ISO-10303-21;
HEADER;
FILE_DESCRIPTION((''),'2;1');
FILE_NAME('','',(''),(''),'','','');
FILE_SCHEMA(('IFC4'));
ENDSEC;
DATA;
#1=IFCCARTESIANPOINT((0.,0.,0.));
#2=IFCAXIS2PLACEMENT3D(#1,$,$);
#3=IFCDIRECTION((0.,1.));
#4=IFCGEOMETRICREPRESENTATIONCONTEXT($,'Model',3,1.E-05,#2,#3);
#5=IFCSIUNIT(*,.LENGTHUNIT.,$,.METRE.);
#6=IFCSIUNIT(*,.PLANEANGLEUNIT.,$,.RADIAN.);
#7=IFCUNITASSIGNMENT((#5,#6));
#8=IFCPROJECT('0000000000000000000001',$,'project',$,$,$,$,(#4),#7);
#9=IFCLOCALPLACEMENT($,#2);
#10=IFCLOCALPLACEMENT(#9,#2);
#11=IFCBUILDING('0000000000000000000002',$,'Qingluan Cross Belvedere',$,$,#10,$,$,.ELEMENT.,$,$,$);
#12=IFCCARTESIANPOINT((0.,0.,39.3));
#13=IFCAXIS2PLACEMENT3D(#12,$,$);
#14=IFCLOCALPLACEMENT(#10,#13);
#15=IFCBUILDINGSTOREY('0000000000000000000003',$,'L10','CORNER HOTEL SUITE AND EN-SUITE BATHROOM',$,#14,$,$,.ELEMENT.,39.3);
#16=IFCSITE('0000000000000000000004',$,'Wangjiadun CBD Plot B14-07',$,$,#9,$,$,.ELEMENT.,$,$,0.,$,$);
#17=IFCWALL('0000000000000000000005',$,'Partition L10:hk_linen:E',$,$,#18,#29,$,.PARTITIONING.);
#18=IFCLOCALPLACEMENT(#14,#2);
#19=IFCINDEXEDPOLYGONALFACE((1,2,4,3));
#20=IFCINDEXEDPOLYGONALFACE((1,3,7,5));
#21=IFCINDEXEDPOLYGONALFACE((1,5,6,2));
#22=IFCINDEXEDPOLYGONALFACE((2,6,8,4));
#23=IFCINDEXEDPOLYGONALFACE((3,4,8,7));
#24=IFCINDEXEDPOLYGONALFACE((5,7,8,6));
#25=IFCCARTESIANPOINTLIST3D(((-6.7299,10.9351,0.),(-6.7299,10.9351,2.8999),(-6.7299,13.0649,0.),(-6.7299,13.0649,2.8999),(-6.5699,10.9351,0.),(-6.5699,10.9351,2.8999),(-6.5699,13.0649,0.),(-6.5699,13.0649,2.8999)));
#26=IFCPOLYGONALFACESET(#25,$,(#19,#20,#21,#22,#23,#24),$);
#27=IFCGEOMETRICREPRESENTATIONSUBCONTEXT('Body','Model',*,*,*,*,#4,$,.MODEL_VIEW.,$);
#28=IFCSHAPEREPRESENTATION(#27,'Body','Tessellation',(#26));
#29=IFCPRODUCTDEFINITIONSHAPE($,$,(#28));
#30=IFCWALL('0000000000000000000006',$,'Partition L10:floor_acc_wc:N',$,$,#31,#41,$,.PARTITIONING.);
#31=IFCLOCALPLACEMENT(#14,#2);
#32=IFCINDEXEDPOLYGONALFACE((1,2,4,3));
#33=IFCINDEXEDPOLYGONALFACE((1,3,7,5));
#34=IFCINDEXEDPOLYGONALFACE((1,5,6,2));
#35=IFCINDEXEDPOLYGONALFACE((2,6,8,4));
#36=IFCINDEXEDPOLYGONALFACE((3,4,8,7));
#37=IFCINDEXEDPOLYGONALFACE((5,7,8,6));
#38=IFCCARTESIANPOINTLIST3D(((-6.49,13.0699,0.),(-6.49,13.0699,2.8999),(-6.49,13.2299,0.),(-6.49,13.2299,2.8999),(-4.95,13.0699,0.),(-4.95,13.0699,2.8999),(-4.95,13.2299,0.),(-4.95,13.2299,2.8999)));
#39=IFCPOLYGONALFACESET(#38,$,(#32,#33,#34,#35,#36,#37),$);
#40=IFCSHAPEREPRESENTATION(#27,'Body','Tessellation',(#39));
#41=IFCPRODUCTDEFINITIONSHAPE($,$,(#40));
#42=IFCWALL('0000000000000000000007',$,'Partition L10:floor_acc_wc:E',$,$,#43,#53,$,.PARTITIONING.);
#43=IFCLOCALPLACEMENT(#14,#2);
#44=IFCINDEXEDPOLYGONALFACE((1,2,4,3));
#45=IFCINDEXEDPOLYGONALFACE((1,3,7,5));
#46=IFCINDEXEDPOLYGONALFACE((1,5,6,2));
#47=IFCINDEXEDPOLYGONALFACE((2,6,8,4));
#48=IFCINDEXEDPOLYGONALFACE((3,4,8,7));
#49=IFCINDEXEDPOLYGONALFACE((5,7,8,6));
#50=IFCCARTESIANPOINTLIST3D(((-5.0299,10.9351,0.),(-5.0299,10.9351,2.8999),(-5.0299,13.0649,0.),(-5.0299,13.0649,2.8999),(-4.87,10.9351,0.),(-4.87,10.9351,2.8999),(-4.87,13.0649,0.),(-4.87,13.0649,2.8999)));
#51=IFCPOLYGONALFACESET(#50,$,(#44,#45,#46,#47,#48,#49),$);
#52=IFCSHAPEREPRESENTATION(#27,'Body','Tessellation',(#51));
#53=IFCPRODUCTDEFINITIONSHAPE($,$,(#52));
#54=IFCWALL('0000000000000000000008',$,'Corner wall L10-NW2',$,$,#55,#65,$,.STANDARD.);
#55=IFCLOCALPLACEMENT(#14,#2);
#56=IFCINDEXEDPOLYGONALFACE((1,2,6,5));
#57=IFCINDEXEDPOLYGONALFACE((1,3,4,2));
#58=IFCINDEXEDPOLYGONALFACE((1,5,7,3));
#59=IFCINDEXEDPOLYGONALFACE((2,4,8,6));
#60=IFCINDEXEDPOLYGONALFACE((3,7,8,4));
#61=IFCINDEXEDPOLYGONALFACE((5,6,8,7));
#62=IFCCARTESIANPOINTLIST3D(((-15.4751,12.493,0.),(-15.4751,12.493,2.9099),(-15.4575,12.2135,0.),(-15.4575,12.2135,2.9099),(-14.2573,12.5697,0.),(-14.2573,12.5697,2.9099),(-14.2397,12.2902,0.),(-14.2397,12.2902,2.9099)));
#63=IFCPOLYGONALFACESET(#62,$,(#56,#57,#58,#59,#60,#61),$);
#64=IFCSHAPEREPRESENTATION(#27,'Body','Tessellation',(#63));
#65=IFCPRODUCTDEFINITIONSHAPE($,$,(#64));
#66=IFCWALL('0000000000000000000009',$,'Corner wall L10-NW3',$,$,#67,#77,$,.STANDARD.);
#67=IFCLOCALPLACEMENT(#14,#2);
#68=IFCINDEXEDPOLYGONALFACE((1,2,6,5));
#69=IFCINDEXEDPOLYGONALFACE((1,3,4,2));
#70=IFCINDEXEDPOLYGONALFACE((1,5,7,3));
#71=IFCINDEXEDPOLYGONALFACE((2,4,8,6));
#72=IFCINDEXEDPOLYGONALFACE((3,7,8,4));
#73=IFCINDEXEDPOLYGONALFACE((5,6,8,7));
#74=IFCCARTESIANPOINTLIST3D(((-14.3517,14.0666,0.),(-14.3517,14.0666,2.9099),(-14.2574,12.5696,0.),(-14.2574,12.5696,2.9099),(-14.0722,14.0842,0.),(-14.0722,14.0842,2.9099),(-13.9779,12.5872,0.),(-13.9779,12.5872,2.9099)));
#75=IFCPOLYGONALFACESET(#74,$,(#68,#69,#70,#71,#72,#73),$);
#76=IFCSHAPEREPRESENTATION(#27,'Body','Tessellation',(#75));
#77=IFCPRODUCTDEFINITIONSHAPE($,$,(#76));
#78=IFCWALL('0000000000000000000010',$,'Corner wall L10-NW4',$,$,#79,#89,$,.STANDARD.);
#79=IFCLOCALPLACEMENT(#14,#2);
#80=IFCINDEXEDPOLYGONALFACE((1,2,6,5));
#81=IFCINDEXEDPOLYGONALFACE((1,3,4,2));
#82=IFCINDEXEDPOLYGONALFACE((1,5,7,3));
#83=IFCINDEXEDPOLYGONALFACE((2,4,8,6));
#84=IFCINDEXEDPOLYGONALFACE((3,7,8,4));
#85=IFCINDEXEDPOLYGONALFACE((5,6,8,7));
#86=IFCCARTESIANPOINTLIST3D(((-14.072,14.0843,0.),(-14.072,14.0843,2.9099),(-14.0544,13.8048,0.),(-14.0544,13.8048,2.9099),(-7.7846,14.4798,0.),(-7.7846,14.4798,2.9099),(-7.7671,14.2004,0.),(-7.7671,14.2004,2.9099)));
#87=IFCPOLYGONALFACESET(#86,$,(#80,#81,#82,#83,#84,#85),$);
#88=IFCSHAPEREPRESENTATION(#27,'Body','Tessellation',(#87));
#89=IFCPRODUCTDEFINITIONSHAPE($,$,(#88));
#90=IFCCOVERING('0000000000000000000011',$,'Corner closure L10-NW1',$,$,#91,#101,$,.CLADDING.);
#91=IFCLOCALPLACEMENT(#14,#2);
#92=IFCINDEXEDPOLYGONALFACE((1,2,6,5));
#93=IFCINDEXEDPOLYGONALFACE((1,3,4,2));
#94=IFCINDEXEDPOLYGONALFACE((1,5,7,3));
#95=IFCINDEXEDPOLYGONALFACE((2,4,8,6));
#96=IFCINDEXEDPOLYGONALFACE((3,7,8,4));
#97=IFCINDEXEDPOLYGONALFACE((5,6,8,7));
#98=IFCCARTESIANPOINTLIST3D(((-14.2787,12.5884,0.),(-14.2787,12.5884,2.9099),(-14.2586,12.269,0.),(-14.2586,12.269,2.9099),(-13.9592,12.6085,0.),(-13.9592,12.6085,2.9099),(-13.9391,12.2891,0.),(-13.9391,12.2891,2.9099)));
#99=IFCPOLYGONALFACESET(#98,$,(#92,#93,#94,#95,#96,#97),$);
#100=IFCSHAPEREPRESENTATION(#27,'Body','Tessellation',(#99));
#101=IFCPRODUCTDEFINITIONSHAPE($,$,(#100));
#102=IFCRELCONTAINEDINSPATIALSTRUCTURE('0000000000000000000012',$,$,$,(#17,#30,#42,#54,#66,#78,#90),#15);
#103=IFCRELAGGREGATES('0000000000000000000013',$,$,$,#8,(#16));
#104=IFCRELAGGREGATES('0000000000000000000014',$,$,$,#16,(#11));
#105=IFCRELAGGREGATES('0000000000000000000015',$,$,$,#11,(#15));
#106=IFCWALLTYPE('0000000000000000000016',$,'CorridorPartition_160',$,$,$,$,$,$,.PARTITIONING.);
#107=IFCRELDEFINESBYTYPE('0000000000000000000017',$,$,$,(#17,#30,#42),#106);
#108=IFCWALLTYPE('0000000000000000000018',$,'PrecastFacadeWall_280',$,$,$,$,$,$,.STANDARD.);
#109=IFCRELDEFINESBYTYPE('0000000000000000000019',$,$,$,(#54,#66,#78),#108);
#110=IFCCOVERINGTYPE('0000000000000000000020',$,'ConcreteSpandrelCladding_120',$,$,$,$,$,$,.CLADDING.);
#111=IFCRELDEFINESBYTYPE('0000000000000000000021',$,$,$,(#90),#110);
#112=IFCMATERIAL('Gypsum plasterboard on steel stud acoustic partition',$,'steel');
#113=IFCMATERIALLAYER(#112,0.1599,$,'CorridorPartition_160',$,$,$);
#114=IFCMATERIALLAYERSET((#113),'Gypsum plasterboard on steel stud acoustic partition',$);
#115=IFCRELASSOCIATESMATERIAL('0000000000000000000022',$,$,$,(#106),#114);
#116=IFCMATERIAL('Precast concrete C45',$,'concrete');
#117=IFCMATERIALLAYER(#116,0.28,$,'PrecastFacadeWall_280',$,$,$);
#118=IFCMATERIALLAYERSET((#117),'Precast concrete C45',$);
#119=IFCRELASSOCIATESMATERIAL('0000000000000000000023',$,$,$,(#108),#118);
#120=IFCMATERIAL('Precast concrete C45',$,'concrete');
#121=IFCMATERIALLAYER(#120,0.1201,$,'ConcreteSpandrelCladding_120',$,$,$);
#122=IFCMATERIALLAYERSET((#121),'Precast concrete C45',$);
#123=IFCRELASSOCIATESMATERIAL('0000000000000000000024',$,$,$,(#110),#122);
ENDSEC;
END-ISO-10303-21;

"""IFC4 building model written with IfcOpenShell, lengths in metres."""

from ifc_helpers import new_model, si_unit, direction, frame, frame_2d, origin, origin_2d, place, context, subcontext, project, spatial, rectangle, extrude, material, layer, layer_set, type_object, element, save


model = new_model("IFC4")

# Units and contexts
model_context = context("Model", 3, precision=1e-05, world=origin(), true_north=direction((0.0, 1.0)))
body_context = subcontext(model_context, "Body", "Model", "MODEL_VIEW")
ifc_project = project(units=[si_unit("LENGTHUNIT", "METRE"), si_unit("PLANEANGLEUNIT", "RADIAN")], contexts=[model_context])

# Site, building, storey
site_placement = place(None, origin())
site = spatial("IfcSite", under=ifc_project, at=site_placement, Name="Wangjiadun CBD Plot B14-07", CompositionType="ELEMENT", RefElevation=0.0)
building_placement = place(site_placement, origin())
building = spatial("IfcBuilding", under=site, at=building_placement, Name="Qingluan Cross Belvedere", CompositionType="ELEMENT")
storey_placement = place(building_placement, frame((0.0, 0.0, 39.3)))
storey = spatial("IfcBuildingStorey", under=building, at=storey_placement, Name="L10", Description="CORNER HOTEL SUITE AND EN-SUITE BATHROOM", CompositionType="ELEMENT", Elevation=39.3)

# Wall
ifc_material_1 = material(Name="Gypsum plasterboard on steel stud acoustic partition", Category="steel")
ifc_layer_1 = layer(ifc_material_1, 0.1599, Name="CorridorPartition_160")
ifc_layer_set_1 = layer_set([ifc_layer_1], Name="Gypsum plasterboard on steel stud acoustic partition")
wall_type_1 = type_object("IfcWallType", Name="CorridorPartition_160", PredefinedType="PARTITIONING", material=ifc_layer_set_1)
wall_1_placement = place(storey_placement, frame((-6.6499, 10.9351, 0.0), z_axis=(0.0, 0.0, 1.0), x_axis=(0.0, 1.0, 0.0)))
element("IfcWall", 1, at=wall_1_placement, inside=storey, type_object=wall_type_1, Name="Partition L10:hk_linen:E", PredefinedType="PARTITIONING", context=body_context, shape_type="SweptSolid", body=[
    extrude(rectangle(XDim=2.1299, YDim=0.1599, at=frame_2d((1.0649, 0.0))), origin(), (0.0, 0.0, 1.0), 2.8999),
])

# Walls
wall_2_placement = place(storey_placement, frame((-6.49, 13.1499, 0.0), z_axis=(0.0, 0.0, 1.0), x_axis=(1.0, 0.0, 0.0)))
element("IfcWall", 2, at=wall_2_placement, inside=storey, type_object=wall_type_1, Name="Partition L10:floor_acc_wc:N", PredefinedType="PARTITIONING", context=body_context, shape_type="SweptSolid", body=[
    extrude(rectangle(XDim=1.54, YDim=0.1599, at=frame_2d((0.77, 0.0))), origin(), (0.0, 0.0, 1.0), 2.8999),
])
wall_3_placement = place(storey_placement, frame((-4.95, 10.9351, 0.0), z_axis=(0.0, 0.0, 1.0), x_axis=(0.0, 1.0, 0.0)))
element("IfcWall", 3, at=wall_3_placement, inside=storey, type_object=wall_type_1, Name="Partition L10:floor_acc_wc:E", PredefinedType="PARTITIONING", context=body_context, shape_type="SweptSolid", body=[
    extrude(rectangle(XDim=2.1299, YDim=0.1599, at=frame_2d((1.0649, 0.0))), origin(), (0.0, 0.0, 1.0), 2.8999),
])
ifc_material_2 = material(Name="Precast concrete C45", Category="concrete")
ifc_layer_2 = layer(ifc_material_2, 0.28, Name="PrecastFacadeWall_280")
ifc_layer_set_2 = layer_set([ifc_layer_2], Name="Precast concrete C45")
wall_type_2 = type_object("IfcWallType", Name="PrecastFacadeWall_280", PredefinedType="STANDARD", material=ifc_layer_set_2)
wall_4_placement = place(storey_placement, frame((-15.4663, 12.3533, 0.0), z_axis=(0.0, 0.0, 1.0), x_axis=(0.998024, 0.062827, 0.0)))
element("IfcWall", 4, at=wall_4_placement, inside=storey, type_object=wall_type_2, Name="Corner wall L10-NW2", PredefinedType="STANDARD", context=body_context, shape_type="SweptSolid", body=[
    extrude(rectangle(XDim=1.2202, YDim=0.28, at=frame_2d((0.6101, 0.0))), origin(), (0.0, 0.0, 1.0), 2.9099),
])
wall_5_placement = place(storey_placement, frame((-14.1177, 12.5784, 0.0), z_axis=(0.0, 0.0, 1.0), x_axis=(-0.062824, 0.998025, 0.0)))
element("IfcWall", 5, at=wall_5_placement, inside=storey, type_object=wall_type_2, Name="Corner wall L10-NW3", PredefinedType="STANDARD", context=body_context, shape_type="SweptSolid", body=[
    extrude(rectangle(XDim=1.5, YDim=0.28, at=frame_2d((0.75, 0.0))), origin(), (0.0, 0.0, 1.0), 2.9099),
])
wall_6_placement = place(storey_placement, frame((-14.0632, 13.9446, 0.0), z_axis=(0.0, 0.0, 1.0), x_axis=(0.998027, 0.062781, 0.0)))
element("IfcWall", 6, at=wall_6_placement, inside=storey, type_object=wall_type_2, Name="Corner wall L10-NW4", PredefinedType="STANDARD", context=body_context, shape_type="SweptSolid", body=[
    extrude(rectangle(XDim=6.2998, YDim=0.28, at=frame_2d((3.1499, 0.0))), origin(), (0.0, 0.0, 1.0), 2.9099),
])

# Covering
ifc_material_3 = material(Name="Precast concrete C45", Category="concrete")
ifc_layer_3 = layer(ifc_material_3, 0.1201, Name="ConcreteSpandrelCladding_120")
ifc_layer_set_3 = layer_set([ifc_layer_3], Name="Precast concrete C45")
covering_type = type_object("IfcCoveringType", Name="ConcreteSpandrelCladding_120", PredefinedType="CLADDING", material=ifc_layer_set_3)
covering_placement = place(storey_placement, frame((-14.1089, 12.4387, 0.0), z_axis=(0.0, 0.0, 1.0), x_axis=(0.998027, 0.062791, 0.0)))
element("IfcCovering", 7, at=covering_placement, inside=storey, type_object=covering_type, Name="Corner closure L10-NW1", PredefinedType="CLADDING", context=body_context, shape_type="SweptSolid", body=[
    extrude(rectangle(XDim=0.3201, YDim=0.3201, at=origin_2d()), origin(), (0.0, 0.0, 1.0), 2.9099),
])

save(model, "model.ifc")
